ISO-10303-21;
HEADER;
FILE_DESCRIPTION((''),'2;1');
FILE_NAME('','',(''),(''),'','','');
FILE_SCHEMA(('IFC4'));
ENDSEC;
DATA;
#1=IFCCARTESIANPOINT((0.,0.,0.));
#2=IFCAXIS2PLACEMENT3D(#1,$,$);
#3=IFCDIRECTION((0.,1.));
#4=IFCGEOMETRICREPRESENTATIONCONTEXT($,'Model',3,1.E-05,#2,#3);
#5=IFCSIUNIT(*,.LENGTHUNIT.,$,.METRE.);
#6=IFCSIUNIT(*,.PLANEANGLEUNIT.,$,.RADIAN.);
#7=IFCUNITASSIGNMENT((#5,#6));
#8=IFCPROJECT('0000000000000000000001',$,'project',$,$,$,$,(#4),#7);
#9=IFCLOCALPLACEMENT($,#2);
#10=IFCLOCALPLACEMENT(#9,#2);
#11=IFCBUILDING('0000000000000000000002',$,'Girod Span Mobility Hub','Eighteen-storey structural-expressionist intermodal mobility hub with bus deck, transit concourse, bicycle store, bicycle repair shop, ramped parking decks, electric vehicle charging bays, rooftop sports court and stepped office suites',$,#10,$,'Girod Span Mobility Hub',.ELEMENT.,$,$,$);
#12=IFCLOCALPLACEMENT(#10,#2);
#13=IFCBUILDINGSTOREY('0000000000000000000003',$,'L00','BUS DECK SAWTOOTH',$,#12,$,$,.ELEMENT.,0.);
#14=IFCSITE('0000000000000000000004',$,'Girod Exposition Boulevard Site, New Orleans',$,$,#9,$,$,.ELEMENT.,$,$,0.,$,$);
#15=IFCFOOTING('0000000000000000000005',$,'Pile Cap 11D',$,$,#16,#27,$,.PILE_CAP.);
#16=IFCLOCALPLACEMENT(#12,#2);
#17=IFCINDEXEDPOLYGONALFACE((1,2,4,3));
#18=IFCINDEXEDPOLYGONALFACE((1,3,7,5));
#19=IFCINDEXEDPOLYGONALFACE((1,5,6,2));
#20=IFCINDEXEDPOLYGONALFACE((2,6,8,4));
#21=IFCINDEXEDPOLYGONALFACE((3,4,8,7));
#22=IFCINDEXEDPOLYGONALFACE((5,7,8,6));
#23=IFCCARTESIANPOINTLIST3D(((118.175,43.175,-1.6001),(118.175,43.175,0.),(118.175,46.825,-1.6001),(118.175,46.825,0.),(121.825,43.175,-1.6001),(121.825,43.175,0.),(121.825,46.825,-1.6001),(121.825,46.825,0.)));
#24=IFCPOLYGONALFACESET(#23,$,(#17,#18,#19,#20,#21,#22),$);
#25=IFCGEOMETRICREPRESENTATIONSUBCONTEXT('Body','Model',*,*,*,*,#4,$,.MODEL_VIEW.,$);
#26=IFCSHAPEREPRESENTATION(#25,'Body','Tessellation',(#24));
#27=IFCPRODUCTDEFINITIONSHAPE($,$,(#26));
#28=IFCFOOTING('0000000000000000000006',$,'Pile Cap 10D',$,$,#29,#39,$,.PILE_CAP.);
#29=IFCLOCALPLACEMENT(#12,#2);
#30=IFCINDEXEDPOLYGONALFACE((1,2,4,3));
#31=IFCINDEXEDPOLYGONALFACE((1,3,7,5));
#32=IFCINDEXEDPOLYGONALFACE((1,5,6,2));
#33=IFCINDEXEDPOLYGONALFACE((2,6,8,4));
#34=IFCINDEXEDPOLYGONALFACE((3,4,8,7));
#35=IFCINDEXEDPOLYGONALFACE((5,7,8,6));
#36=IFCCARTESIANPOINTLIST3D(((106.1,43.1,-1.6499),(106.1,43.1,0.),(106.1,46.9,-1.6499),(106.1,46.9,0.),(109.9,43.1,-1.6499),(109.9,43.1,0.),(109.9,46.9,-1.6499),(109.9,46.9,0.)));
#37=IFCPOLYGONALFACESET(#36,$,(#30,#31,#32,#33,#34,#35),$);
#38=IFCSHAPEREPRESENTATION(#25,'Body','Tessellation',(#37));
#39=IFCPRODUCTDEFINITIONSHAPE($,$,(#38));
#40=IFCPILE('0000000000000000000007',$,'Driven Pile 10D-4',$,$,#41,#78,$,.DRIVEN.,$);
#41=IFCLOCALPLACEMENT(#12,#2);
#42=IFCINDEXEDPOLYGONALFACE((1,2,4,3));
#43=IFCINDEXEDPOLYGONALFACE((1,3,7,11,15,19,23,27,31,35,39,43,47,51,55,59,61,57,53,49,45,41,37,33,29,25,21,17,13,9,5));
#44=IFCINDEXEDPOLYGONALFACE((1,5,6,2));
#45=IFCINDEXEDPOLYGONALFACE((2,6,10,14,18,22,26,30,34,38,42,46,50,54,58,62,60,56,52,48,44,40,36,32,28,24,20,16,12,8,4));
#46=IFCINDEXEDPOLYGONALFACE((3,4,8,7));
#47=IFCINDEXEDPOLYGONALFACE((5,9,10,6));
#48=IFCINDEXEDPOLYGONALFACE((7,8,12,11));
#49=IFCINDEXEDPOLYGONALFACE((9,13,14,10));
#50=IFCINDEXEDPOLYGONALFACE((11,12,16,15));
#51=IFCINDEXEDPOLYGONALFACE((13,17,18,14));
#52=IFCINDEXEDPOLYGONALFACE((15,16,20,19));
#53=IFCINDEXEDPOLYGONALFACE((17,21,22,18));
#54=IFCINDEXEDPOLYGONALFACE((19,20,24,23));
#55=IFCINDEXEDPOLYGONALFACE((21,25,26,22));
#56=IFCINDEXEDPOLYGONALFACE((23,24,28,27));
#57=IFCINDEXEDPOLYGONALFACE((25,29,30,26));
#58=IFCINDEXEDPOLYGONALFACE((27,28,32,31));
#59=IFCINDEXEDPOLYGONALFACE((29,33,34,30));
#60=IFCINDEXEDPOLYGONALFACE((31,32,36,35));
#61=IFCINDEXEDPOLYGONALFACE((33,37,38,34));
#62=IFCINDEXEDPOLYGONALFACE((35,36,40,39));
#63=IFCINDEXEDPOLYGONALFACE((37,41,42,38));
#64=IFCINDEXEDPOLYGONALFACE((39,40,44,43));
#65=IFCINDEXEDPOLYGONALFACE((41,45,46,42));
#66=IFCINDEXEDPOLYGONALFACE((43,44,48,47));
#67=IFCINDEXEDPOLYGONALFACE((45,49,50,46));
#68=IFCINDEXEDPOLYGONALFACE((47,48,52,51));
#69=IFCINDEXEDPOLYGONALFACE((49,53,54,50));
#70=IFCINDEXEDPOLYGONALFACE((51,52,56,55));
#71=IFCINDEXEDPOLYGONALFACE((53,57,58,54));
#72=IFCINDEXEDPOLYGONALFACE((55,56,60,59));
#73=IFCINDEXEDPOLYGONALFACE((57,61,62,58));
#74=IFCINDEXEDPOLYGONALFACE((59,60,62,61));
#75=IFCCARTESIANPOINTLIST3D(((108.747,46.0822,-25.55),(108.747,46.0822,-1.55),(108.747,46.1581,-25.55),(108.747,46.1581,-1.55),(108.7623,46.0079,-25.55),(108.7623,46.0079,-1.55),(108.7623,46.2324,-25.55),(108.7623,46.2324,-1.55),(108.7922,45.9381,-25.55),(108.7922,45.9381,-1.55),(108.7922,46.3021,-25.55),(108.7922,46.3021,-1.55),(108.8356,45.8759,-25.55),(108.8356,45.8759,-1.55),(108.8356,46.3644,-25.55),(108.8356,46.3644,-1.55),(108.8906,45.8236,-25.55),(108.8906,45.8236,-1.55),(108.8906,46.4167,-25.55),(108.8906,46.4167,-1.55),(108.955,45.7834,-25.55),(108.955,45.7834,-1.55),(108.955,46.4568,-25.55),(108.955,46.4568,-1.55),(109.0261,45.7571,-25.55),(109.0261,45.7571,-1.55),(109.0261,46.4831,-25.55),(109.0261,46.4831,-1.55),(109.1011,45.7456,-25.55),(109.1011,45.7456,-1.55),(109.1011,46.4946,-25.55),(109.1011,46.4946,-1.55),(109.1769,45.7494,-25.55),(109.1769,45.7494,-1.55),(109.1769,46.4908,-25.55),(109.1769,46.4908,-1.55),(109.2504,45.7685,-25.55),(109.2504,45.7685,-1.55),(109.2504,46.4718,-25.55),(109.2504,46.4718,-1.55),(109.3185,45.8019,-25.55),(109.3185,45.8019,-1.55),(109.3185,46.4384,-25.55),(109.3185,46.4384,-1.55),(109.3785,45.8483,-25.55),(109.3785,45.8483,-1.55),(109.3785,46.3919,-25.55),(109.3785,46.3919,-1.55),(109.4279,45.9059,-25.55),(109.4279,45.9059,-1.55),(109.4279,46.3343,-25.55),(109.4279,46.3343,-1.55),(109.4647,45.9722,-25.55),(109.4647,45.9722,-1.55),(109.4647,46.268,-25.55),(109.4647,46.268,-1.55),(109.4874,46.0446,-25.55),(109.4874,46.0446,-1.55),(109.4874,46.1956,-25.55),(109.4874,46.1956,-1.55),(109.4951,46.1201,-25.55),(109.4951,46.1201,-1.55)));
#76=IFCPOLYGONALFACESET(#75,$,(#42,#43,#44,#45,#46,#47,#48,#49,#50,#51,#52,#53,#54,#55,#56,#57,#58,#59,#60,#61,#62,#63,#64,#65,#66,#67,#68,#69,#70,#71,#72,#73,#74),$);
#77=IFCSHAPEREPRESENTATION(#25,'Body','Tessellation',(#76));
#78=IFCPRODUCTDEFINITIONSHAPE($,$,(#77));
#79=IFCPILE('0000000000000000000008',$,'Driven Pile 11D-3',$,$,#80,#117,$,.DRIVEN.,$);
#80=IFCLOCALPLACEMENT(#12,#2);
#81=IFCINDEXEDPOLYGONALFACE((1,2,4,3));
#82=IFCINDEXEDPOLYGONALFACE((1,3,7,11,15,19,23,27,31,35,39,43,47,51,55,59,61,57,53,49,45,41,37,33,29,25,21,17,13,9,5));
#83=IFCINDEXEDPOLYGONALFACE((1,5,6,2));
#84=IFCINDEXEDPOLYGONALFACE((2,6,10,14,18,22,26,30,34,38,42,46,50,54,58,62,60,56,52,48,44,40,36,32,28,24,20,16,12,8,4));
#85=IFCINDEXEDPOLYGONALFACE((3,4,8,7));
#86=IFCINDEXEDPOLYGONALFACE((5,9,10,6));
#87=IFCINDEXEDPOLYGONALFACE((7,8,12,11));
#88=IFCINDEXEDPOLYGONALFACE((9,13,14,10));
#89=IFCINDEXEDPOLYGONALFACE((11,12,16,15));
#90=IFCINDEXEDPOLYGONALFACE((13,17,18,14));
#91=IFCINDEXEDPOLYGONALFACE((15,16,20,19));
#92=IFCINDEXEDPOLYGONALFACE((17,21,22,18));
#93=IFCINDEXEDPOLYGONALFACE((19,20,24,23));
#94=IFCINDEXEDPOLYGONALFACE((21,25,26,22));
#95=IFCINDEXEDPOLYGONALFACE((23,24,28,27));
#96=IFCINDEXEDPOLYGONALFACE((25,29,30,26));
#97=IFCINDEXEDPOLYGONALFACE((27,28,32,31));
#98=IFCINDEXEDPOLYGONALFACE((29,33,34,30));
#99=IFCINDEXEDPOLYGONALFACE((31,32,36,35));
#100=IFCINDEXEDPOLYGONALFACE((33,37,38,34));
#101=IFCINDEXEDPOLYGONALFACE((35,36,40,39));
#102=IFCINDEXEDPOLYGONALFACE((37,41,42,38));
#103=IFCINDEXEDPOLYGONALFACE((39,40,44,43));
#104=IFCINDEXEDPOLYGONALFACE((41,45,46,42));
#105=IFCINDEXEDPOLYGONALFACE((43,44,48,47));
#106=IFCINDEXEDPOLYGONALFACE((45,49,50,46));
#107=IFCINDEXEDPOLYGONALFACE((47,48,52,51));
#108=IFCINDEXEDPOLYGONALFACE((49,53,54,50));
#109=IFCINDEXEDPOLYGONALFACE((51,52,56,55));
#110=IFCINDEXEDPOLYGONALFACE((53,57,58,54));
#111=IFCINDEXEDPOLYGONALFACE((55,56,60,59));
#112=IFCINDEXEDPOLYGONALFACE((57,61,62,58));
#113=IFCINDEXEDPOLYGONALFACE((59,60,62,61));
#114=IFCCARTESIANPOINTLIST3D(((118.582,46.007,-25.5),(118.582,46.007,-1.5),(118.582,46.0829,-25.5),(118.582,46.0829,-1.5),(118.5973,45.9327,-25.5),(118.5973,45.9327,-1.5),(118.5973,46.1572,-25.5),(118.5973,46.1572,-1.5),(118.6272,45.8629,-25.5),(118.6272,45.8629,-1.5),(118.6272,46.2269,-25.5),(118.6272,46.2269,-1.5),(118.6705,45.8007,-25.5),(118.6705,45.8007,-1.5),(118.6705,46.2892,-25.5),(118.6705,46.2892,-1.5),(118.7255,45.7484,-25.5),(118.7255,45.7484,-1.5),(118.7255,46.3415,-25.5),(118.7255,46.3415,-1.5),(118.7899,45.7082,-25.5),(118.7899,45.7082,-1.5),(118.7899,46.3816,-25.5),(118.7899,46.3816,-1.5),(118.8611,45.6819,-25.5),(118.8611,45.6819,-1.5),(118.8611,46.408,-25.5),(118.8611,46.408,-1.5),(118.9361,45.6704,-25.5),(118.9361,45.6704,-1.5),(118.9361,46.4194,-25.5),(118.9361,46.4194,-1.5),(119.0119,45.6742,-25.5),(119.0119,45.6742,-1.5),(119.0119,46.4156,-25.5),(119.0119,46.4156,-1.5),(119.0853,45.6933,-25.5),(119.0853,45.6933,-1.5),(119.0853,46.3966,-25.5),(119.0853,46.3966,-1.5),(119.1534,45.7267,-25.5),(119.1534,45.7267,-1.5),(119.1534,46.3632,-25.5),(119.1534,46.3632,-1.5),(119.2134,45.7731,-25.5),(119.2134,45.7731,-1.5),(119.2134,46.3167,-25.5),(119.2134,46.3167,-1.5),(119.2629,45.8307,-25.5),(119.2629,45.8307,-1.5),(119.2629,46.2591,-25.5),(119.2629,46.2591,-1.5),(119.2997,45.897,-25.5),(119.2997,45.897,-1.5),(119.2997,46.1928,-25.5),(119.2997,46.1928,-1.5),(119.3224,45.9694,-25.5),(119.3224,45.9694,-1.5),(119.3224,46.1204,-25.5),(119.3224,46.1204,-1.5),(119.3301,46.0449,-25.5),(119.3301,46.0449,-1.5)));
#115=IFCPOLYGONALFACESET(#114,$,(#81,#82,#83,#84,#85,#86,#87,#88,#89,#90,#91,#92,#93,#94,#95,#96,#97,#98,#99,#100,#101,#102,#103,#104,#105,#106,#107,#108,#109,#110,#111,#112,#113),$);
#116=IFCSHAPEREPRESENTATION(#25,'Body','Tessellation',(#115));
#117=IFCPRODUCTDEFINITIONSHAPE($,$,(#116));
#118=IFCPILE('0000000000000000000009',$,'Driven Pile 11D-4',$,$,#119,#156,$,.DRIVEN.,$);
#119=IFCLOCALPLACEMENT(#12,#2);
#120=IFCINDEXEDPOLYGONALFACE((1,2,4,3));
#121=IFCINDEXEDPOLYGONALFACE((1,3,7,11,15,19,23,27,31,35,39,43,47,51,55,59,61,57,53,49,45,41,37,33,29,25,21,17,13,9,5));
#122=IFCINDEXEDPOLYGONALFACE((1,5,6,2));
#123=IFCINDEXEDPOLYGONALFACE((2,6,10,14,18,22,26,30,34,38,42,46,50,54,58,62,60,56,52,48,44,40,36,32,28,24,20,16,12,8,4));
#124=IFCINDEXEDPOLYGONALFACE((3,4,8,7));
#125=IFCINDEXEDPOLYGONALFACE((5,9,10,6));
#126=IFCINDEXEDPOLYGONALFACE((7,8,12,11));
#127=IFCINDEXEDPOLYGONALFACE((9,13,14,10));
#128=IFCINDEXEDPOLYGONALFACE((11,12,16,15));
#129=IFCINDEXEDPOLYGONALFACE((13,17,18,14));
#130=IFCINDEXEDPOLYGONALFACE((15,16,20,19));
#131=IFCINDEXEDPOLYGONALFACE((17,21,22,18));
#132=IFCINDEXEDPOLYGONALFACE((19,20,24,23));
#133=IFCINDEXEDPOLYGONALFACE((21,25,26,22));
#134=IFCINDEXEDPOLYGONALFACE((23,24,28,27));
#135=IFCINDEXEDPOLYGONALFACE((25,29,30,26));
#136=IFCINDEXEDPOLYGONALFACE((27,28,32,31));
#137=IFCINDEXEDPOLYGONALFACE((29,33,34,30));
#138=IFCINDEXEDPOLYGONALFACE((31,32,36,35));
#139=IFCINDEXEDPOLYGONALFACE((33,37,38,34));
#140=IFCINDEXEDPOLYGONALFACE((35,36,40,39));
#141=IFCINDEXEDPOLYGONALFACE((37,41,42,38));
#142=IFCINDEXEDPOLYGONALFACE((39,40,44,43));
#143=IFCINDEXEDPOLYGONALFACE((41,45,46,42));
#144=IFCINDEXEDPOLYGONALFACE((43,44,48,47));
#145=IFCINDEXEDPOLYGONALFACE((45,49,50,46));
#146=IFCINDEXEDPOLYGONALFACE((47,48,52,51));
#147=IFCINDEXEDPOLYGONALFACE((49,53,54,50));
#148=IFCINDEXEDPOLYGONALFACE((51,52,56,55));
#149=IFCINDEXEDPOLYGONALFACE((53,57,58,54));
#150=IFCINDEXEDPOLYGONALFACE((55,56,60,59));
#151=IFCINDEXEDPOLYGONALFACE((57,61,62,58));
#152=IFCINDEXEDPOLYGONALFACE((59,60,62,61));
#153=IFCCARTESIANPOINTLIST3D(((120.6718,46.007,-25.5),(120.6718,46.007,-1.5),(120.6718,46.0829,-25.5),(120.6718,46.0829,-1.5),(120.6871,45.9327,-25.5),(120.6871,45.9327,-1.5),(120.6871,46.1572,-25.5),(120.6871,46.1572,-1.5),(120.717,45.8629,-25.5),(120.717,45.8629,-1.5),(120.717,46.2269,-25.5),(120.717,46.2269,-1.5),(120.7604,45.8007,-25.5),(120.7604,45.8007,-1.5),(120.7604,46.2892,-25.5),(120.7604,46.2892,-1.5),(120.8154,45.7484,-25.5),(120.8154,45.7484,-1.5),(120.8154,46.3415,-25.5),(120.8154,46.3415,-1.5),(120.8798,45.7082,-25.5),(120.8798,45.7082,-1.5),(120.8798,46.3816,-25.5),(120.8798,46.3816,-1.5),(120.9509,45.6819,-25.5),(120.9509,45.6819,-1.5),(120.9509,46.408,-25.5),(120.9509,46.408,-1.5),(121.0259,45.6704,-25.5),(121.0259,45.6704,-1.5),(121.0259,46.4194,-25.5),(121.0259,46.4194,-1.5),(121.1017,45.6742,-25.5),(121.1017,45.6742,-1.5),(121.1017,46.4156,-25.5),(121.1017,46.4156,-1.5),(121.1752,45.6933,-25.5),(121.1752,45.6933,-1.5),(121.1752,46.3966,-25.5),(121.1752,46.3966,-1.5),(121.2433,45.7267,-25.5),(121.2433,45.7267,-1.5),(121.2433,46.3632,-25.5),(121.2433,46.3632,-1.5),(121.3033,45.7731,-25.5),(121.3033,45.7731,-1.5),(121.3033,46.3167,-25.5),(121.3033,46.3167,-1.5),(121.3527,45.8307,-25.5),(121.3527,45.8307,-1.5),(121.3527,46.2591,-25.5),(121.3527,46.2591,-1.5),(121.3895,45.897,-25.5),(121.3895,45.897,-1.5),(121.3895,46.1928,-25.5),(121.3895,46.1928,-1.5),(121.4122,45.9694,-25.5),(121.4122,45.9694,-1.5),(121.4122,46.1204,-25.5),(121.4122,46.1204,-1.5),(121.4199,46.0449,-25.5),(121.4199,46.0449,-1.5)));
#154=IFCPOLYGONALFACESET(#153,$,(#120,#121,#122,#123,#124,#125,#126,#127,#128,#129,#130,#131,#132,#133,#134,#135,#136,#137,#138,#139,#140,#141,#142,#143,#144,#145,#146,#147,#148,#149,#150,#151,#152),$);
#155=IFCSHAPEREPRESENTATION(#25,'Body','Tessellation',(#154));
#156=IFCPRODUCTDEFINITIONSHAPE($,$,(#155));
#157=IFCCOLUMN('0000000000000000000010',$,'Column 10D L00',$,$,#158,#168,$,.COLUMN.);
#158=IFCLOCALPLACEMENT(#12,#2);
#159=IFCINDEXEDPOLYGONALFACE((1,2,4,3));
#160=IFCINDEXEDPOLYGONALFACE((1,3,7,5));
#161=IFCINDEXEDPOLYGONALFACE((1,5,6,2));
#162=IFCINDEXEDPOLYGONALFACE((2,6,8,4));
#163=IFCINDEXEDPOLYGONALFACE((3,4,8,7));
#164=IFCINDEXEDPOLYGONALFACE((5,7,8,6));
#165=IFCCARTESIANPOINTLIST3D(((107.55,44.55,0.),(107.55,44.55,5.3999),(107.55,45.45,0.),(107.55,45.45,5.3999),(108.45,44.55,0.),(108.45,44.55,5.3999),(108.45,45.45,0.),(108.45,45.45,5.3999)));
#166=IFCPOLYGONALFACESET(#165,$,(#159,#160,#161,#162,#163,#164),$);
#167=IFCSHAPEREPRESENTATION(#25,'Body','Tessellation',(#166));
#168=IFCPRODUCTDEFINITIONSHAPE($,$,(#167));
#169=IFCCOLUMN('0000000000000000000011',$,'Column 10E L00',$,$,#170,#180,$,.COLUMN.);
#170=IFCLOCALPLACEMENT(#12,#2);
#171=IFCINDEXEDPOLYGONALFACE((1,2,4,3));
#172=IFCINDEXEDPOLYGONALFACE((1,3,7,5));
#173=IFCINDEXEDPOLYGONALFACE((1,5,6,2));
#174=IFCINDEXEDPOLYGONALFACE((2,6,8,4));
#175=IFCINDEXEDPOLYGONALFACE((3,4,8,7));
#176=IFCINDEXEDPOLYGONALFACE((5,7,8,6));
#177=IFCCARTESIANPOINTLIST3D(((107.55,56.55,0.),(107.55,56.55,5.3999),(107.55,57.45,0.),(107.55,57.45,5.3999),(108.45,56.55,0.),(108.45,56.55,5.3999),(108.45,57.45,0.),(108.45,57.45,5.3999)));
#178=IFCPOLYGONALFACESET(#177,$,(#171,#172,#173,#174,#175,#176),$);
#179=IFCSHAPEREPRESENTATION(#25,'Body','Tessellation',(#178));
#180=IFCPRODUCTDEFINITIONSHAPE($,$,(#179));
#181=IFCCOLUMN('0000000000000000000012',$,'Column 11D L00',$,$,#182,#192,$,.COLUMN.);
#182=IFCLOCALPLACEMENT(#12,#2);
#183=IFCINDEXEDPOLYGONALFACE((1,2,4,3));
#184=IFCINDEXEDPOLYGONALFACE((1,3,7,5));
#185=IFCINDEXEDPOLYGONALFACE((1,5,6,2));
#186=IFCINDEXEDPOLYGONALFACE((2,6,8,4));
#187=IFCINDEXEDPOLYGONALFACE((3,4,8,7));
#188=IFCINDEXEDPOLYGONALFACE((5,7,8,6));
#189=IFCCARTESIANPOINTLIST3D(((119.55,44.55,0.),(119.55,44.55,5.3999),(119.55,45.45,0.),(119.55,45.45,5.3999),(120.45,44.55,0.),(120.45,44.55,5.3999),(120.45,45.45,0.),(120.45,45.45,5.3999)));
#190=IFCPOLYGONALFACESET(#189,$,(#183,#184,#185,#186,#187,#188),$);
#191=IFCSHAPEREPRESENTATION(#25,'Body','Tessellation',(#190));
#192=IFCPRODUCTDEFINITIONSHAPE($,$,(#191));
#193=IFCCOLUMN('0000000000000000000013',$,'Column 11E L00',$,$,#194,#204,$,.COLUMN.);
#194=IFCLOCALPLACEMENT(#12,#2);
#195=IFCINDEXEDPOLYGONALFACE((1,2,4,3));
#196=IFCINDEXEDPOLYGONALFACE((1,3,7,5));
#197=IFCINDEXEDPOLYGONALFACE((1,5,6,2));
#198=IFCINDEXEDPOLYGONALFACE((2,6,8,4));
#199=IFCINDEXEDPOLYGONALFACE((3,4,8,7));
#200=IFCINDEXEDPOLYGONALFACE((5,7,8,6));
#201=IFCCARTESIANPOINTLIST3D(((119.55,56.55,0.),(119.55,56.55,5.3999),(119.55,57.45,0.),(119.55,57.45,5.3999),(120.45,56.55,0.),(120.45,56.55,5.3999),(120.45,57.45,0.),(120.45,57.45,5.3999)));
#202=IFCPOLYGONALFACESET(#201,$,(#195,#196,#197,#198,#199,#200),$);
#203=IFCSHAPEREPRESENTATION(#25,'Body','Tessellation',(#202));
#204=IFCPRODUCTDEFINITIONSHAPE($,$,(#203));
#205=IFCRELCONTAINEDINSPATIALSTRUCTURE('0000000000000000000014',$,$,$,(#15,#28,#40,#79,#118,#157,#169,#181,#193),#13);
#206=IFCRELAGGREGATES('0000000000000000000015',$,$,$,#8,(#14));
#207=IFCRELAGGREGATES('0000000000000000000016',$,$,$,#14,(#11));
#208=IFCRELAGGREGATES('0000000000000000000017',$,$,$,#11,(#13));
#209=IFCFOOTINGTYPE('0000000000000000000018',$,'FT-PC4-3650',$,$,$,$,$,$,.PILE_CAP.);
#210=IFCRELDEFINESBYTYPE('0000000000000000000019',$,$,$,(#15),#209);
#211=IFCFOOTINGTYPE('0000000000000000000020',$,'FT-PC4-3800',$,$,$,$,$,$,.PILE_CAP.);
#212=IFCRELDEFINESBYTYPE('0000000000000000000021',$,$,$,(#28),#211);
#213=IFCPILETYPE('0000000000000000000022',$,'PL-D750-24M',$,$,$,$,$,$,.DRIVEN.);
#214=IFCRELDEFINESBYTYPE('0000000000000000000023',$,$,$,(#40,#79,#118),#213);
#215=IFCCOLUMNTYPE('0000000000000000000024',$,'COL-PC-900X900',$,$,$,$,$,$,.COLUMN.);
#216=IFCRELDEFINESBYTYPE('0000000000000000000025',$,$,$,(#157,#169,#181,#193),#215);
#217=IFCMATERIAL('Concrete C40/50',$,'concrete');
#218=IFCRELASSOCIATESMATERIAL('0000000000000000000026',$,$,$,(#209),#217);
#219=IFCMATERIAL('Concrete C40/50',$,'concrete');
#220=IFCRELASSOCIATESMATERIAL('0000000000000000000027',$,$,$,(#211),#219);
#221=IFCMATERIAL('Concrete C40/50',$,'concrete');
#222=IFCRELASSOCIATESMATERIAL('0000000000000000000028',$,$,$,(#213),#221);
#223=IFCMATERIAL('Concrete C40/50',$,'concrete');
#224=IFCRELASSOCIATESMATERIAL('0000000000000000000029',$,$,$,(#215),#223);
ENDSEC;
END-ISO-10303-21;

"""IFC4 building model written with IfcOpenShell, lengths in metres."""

from ifc_helpers import new_model, si_unit, direction, frame, origin, origin_2d, place, context, subcontext, project, spatial, rectangle, circle, extrude, material, material_profile, profile_set, type_object, element, save


model = new_model("IFC4")

# Units and contexts
model_context = context("Model", 3, precision=1e-05, world=origin(), true_north=direction((0.0, 1.0)))
body_context = subcontext(model_context, "Body", "Model", "MODEL_VIEW")
ifc_project = project(units=[si_unit("LENGTHUNIT", "METRE"), si_unit("PLANEANGLEUNIT", "RADIAN")], contexts=[model_context])

# Site, building, storey
site_placement = place(None, origin())
site = spatial("IfcSite", under=ifc_project, at=site_placement, Name="Girod Exposition Boulevard Site, New Orleans", CompositionType="ELEMENT", RefElevation=0.0)
building_placement = place(site_placement, origin())
building = spatial("IfcBuilding", under=site, at=building_placement, Name="Girod Span Mobility Hub", Description="Eighteen-storey structural-expressionist intermodal mobility hub with bus deck, transit concourse, bicycle store, bicycle repair shop, ramped parking decks, electric vehicle charging bays, rooftop sports court and stepped office suites", LongName="Girod Span Mobility Hub", CompositionType="ELEMENT")
storey_placement = place(building_placement, origin())
storey = spatial("IfcBuildingStorey", under=building, at=storey_placement, Name="L00", Description="BUS DECK SAWTOOTH", CompositionType="ELEMENT", Elevation=0.0)

# Footings
ifc_material_1 = material(Name="Concrete C40/50", Category="concrete")
footing_type_1 = type_object("IfcFootingType", Name="FT-PC4-3650", PredefinedType="PILE_CAP", material=ifc_material_1)
footing_1_placement = place(storey_placement, frame((120.0, 45.0, -1.6001), z_axis=(0.0, 0.0, 1.0), x_axis=(1.0, 0.0, 0.0)))
element("IfcFooting", 1, at=footing_1_placement, inside=storey, type_object=footing_type_1, Name="Pile Cap 11D", PredefinedType="PILE_CAP", context=body_context, shape_type="SweptSolid", body=[
    extrude(rectangle(XDim=3.6499, YDim=3.6499, at=origin_2d()), origin(), (0.0, 0.0, 1.0), 1.6001),
])
ifc_material_2 = material(Name="Concrete C40/50", Category="concrete")
footing_type_2 = type_object("IfcFootingType", Name="FT-PC4-3800", PredefinedType="PILE_CAP", material=ifc_material_2)
footing_2_placement = place(storey_placement, frame((108.0, 45.0, -1.6499), z_axis=(0.0, 0.0, 1.0), x_axis=(1.0, 0.0, 0.0)))
element("IfcFooting", 2, at=footing_2_placement, inside=storey, type_object=footing_type_2, Name="Pile Cap 10D", PredefinedType="PILE_CAP", context=body_context, shape_type="SweptSolid", body=[
    extrude(rectangle(XDim=3.8, YDim=3.8, at=origin_2d()), origin(), (0.0, 0.0, 1.0), 1.6499),
])

# Piles
ifc_material_3 = material(Name="Concrete C40/50", Category="concrete")
ifc_material_profile_1 = material_profile(ifc_material_3, circle(Radius=0.375, at=origin_2d()), Name="PILE-D750")
ifc_profile_set_1 = profile_set([ifc_material_profile_1], Name="Concrete C40/50")
pile_type = type_object("IfcPileType", Name="PL-D750-24M", PredefinedType="DRIVEN", material=ifc_profile_set_1)
for number, where, z_axis, x_axis, name in (
    (3, (109.1201, 46.1201, -1.55), (0.0, 0.0, -1.0), (1.0, 0.0, 0.0), "Driven Pile 10D-4"),
    (4, (118.9551, 46.0449, -1.5), (0.0, 0.0, -1.0), (1.0, 0.0, 0.0), "Driven Pile 11D-3"),
    (5, (121.0449, 46.0449, -1.5), (0.0, 0.0, -1.0), (1.0, 0.0, 0.0), "Driven Pile 11D-4"),
):
    element("IfcPile", number, at=place(storey_placement, frame(where, z_axis=z_axis, x_axis=x_axis)), inside=storey, type_object=pile_type, Name=name, PredefinedType="DRIVEN", context=body_context, shape_type="SweptSolid", body=[
        extrude(circle(Radius=0.375, at=origin_2d()), origin(), (0.0, 0.0, 1.0), 24.0),
    ])

# Columns
ifc_material_4 = material(Name="Concrete C40/50", Category="concrete")
ifc_material_profile_2 = material_profile(ifc_material_4, rectangle(XDim=0.8999, YDim=0.8999, at=origin_2d()), Name="PC-COL-900X900")
ifc_profile_set_2 = profile_set([ifc_material_profile_2], Name="Concrete C40/50")
column_type = type_object("IfcColumnType", Name="COL-PC-900X900", PredefinedType="COLUMN", material=ifc_profile_set_2)
for number, where, z_axis, x_axis, name in (
    (6, (108.0, 45.0, 0.0), (0.0, 0.0, 1.0), (1.0, 0.0, 0.0), "Column 10D L00"),
    (7, (108.0, 57.0, 0.0), (0.0, 0.0, 1.0), (1.0, 0.0, 0.0), "Column 10E L00"),
    (8, (120.0, 45.0, 0.0), (0.0, 0.0, 1.0), (1.0, 0.0, 0.0), "Column 11D L00"),
    (9, (120.0, 57.0, 0.0), (0.0, 0.0, 1.0), (1.0, 0.0, 0.0), "Column 11E L00"),
):
    element("IfcColumn", number, at=place(storey_placement, frame(where, z_axis=z_axis, x_axis=x_axis)), inside=storey, type_object=column_type, Name=name, PredefinedType="COLUMN", context=body_context, shape_type="SweptSolid", body=[
        extrude(rectangle(XDim=0.8999, YDim=0.8999, at=origin_2d()), origin(), (0.0, 0.0, 1.0), 5.3999),
    ])

save(model, "model.ifc")
